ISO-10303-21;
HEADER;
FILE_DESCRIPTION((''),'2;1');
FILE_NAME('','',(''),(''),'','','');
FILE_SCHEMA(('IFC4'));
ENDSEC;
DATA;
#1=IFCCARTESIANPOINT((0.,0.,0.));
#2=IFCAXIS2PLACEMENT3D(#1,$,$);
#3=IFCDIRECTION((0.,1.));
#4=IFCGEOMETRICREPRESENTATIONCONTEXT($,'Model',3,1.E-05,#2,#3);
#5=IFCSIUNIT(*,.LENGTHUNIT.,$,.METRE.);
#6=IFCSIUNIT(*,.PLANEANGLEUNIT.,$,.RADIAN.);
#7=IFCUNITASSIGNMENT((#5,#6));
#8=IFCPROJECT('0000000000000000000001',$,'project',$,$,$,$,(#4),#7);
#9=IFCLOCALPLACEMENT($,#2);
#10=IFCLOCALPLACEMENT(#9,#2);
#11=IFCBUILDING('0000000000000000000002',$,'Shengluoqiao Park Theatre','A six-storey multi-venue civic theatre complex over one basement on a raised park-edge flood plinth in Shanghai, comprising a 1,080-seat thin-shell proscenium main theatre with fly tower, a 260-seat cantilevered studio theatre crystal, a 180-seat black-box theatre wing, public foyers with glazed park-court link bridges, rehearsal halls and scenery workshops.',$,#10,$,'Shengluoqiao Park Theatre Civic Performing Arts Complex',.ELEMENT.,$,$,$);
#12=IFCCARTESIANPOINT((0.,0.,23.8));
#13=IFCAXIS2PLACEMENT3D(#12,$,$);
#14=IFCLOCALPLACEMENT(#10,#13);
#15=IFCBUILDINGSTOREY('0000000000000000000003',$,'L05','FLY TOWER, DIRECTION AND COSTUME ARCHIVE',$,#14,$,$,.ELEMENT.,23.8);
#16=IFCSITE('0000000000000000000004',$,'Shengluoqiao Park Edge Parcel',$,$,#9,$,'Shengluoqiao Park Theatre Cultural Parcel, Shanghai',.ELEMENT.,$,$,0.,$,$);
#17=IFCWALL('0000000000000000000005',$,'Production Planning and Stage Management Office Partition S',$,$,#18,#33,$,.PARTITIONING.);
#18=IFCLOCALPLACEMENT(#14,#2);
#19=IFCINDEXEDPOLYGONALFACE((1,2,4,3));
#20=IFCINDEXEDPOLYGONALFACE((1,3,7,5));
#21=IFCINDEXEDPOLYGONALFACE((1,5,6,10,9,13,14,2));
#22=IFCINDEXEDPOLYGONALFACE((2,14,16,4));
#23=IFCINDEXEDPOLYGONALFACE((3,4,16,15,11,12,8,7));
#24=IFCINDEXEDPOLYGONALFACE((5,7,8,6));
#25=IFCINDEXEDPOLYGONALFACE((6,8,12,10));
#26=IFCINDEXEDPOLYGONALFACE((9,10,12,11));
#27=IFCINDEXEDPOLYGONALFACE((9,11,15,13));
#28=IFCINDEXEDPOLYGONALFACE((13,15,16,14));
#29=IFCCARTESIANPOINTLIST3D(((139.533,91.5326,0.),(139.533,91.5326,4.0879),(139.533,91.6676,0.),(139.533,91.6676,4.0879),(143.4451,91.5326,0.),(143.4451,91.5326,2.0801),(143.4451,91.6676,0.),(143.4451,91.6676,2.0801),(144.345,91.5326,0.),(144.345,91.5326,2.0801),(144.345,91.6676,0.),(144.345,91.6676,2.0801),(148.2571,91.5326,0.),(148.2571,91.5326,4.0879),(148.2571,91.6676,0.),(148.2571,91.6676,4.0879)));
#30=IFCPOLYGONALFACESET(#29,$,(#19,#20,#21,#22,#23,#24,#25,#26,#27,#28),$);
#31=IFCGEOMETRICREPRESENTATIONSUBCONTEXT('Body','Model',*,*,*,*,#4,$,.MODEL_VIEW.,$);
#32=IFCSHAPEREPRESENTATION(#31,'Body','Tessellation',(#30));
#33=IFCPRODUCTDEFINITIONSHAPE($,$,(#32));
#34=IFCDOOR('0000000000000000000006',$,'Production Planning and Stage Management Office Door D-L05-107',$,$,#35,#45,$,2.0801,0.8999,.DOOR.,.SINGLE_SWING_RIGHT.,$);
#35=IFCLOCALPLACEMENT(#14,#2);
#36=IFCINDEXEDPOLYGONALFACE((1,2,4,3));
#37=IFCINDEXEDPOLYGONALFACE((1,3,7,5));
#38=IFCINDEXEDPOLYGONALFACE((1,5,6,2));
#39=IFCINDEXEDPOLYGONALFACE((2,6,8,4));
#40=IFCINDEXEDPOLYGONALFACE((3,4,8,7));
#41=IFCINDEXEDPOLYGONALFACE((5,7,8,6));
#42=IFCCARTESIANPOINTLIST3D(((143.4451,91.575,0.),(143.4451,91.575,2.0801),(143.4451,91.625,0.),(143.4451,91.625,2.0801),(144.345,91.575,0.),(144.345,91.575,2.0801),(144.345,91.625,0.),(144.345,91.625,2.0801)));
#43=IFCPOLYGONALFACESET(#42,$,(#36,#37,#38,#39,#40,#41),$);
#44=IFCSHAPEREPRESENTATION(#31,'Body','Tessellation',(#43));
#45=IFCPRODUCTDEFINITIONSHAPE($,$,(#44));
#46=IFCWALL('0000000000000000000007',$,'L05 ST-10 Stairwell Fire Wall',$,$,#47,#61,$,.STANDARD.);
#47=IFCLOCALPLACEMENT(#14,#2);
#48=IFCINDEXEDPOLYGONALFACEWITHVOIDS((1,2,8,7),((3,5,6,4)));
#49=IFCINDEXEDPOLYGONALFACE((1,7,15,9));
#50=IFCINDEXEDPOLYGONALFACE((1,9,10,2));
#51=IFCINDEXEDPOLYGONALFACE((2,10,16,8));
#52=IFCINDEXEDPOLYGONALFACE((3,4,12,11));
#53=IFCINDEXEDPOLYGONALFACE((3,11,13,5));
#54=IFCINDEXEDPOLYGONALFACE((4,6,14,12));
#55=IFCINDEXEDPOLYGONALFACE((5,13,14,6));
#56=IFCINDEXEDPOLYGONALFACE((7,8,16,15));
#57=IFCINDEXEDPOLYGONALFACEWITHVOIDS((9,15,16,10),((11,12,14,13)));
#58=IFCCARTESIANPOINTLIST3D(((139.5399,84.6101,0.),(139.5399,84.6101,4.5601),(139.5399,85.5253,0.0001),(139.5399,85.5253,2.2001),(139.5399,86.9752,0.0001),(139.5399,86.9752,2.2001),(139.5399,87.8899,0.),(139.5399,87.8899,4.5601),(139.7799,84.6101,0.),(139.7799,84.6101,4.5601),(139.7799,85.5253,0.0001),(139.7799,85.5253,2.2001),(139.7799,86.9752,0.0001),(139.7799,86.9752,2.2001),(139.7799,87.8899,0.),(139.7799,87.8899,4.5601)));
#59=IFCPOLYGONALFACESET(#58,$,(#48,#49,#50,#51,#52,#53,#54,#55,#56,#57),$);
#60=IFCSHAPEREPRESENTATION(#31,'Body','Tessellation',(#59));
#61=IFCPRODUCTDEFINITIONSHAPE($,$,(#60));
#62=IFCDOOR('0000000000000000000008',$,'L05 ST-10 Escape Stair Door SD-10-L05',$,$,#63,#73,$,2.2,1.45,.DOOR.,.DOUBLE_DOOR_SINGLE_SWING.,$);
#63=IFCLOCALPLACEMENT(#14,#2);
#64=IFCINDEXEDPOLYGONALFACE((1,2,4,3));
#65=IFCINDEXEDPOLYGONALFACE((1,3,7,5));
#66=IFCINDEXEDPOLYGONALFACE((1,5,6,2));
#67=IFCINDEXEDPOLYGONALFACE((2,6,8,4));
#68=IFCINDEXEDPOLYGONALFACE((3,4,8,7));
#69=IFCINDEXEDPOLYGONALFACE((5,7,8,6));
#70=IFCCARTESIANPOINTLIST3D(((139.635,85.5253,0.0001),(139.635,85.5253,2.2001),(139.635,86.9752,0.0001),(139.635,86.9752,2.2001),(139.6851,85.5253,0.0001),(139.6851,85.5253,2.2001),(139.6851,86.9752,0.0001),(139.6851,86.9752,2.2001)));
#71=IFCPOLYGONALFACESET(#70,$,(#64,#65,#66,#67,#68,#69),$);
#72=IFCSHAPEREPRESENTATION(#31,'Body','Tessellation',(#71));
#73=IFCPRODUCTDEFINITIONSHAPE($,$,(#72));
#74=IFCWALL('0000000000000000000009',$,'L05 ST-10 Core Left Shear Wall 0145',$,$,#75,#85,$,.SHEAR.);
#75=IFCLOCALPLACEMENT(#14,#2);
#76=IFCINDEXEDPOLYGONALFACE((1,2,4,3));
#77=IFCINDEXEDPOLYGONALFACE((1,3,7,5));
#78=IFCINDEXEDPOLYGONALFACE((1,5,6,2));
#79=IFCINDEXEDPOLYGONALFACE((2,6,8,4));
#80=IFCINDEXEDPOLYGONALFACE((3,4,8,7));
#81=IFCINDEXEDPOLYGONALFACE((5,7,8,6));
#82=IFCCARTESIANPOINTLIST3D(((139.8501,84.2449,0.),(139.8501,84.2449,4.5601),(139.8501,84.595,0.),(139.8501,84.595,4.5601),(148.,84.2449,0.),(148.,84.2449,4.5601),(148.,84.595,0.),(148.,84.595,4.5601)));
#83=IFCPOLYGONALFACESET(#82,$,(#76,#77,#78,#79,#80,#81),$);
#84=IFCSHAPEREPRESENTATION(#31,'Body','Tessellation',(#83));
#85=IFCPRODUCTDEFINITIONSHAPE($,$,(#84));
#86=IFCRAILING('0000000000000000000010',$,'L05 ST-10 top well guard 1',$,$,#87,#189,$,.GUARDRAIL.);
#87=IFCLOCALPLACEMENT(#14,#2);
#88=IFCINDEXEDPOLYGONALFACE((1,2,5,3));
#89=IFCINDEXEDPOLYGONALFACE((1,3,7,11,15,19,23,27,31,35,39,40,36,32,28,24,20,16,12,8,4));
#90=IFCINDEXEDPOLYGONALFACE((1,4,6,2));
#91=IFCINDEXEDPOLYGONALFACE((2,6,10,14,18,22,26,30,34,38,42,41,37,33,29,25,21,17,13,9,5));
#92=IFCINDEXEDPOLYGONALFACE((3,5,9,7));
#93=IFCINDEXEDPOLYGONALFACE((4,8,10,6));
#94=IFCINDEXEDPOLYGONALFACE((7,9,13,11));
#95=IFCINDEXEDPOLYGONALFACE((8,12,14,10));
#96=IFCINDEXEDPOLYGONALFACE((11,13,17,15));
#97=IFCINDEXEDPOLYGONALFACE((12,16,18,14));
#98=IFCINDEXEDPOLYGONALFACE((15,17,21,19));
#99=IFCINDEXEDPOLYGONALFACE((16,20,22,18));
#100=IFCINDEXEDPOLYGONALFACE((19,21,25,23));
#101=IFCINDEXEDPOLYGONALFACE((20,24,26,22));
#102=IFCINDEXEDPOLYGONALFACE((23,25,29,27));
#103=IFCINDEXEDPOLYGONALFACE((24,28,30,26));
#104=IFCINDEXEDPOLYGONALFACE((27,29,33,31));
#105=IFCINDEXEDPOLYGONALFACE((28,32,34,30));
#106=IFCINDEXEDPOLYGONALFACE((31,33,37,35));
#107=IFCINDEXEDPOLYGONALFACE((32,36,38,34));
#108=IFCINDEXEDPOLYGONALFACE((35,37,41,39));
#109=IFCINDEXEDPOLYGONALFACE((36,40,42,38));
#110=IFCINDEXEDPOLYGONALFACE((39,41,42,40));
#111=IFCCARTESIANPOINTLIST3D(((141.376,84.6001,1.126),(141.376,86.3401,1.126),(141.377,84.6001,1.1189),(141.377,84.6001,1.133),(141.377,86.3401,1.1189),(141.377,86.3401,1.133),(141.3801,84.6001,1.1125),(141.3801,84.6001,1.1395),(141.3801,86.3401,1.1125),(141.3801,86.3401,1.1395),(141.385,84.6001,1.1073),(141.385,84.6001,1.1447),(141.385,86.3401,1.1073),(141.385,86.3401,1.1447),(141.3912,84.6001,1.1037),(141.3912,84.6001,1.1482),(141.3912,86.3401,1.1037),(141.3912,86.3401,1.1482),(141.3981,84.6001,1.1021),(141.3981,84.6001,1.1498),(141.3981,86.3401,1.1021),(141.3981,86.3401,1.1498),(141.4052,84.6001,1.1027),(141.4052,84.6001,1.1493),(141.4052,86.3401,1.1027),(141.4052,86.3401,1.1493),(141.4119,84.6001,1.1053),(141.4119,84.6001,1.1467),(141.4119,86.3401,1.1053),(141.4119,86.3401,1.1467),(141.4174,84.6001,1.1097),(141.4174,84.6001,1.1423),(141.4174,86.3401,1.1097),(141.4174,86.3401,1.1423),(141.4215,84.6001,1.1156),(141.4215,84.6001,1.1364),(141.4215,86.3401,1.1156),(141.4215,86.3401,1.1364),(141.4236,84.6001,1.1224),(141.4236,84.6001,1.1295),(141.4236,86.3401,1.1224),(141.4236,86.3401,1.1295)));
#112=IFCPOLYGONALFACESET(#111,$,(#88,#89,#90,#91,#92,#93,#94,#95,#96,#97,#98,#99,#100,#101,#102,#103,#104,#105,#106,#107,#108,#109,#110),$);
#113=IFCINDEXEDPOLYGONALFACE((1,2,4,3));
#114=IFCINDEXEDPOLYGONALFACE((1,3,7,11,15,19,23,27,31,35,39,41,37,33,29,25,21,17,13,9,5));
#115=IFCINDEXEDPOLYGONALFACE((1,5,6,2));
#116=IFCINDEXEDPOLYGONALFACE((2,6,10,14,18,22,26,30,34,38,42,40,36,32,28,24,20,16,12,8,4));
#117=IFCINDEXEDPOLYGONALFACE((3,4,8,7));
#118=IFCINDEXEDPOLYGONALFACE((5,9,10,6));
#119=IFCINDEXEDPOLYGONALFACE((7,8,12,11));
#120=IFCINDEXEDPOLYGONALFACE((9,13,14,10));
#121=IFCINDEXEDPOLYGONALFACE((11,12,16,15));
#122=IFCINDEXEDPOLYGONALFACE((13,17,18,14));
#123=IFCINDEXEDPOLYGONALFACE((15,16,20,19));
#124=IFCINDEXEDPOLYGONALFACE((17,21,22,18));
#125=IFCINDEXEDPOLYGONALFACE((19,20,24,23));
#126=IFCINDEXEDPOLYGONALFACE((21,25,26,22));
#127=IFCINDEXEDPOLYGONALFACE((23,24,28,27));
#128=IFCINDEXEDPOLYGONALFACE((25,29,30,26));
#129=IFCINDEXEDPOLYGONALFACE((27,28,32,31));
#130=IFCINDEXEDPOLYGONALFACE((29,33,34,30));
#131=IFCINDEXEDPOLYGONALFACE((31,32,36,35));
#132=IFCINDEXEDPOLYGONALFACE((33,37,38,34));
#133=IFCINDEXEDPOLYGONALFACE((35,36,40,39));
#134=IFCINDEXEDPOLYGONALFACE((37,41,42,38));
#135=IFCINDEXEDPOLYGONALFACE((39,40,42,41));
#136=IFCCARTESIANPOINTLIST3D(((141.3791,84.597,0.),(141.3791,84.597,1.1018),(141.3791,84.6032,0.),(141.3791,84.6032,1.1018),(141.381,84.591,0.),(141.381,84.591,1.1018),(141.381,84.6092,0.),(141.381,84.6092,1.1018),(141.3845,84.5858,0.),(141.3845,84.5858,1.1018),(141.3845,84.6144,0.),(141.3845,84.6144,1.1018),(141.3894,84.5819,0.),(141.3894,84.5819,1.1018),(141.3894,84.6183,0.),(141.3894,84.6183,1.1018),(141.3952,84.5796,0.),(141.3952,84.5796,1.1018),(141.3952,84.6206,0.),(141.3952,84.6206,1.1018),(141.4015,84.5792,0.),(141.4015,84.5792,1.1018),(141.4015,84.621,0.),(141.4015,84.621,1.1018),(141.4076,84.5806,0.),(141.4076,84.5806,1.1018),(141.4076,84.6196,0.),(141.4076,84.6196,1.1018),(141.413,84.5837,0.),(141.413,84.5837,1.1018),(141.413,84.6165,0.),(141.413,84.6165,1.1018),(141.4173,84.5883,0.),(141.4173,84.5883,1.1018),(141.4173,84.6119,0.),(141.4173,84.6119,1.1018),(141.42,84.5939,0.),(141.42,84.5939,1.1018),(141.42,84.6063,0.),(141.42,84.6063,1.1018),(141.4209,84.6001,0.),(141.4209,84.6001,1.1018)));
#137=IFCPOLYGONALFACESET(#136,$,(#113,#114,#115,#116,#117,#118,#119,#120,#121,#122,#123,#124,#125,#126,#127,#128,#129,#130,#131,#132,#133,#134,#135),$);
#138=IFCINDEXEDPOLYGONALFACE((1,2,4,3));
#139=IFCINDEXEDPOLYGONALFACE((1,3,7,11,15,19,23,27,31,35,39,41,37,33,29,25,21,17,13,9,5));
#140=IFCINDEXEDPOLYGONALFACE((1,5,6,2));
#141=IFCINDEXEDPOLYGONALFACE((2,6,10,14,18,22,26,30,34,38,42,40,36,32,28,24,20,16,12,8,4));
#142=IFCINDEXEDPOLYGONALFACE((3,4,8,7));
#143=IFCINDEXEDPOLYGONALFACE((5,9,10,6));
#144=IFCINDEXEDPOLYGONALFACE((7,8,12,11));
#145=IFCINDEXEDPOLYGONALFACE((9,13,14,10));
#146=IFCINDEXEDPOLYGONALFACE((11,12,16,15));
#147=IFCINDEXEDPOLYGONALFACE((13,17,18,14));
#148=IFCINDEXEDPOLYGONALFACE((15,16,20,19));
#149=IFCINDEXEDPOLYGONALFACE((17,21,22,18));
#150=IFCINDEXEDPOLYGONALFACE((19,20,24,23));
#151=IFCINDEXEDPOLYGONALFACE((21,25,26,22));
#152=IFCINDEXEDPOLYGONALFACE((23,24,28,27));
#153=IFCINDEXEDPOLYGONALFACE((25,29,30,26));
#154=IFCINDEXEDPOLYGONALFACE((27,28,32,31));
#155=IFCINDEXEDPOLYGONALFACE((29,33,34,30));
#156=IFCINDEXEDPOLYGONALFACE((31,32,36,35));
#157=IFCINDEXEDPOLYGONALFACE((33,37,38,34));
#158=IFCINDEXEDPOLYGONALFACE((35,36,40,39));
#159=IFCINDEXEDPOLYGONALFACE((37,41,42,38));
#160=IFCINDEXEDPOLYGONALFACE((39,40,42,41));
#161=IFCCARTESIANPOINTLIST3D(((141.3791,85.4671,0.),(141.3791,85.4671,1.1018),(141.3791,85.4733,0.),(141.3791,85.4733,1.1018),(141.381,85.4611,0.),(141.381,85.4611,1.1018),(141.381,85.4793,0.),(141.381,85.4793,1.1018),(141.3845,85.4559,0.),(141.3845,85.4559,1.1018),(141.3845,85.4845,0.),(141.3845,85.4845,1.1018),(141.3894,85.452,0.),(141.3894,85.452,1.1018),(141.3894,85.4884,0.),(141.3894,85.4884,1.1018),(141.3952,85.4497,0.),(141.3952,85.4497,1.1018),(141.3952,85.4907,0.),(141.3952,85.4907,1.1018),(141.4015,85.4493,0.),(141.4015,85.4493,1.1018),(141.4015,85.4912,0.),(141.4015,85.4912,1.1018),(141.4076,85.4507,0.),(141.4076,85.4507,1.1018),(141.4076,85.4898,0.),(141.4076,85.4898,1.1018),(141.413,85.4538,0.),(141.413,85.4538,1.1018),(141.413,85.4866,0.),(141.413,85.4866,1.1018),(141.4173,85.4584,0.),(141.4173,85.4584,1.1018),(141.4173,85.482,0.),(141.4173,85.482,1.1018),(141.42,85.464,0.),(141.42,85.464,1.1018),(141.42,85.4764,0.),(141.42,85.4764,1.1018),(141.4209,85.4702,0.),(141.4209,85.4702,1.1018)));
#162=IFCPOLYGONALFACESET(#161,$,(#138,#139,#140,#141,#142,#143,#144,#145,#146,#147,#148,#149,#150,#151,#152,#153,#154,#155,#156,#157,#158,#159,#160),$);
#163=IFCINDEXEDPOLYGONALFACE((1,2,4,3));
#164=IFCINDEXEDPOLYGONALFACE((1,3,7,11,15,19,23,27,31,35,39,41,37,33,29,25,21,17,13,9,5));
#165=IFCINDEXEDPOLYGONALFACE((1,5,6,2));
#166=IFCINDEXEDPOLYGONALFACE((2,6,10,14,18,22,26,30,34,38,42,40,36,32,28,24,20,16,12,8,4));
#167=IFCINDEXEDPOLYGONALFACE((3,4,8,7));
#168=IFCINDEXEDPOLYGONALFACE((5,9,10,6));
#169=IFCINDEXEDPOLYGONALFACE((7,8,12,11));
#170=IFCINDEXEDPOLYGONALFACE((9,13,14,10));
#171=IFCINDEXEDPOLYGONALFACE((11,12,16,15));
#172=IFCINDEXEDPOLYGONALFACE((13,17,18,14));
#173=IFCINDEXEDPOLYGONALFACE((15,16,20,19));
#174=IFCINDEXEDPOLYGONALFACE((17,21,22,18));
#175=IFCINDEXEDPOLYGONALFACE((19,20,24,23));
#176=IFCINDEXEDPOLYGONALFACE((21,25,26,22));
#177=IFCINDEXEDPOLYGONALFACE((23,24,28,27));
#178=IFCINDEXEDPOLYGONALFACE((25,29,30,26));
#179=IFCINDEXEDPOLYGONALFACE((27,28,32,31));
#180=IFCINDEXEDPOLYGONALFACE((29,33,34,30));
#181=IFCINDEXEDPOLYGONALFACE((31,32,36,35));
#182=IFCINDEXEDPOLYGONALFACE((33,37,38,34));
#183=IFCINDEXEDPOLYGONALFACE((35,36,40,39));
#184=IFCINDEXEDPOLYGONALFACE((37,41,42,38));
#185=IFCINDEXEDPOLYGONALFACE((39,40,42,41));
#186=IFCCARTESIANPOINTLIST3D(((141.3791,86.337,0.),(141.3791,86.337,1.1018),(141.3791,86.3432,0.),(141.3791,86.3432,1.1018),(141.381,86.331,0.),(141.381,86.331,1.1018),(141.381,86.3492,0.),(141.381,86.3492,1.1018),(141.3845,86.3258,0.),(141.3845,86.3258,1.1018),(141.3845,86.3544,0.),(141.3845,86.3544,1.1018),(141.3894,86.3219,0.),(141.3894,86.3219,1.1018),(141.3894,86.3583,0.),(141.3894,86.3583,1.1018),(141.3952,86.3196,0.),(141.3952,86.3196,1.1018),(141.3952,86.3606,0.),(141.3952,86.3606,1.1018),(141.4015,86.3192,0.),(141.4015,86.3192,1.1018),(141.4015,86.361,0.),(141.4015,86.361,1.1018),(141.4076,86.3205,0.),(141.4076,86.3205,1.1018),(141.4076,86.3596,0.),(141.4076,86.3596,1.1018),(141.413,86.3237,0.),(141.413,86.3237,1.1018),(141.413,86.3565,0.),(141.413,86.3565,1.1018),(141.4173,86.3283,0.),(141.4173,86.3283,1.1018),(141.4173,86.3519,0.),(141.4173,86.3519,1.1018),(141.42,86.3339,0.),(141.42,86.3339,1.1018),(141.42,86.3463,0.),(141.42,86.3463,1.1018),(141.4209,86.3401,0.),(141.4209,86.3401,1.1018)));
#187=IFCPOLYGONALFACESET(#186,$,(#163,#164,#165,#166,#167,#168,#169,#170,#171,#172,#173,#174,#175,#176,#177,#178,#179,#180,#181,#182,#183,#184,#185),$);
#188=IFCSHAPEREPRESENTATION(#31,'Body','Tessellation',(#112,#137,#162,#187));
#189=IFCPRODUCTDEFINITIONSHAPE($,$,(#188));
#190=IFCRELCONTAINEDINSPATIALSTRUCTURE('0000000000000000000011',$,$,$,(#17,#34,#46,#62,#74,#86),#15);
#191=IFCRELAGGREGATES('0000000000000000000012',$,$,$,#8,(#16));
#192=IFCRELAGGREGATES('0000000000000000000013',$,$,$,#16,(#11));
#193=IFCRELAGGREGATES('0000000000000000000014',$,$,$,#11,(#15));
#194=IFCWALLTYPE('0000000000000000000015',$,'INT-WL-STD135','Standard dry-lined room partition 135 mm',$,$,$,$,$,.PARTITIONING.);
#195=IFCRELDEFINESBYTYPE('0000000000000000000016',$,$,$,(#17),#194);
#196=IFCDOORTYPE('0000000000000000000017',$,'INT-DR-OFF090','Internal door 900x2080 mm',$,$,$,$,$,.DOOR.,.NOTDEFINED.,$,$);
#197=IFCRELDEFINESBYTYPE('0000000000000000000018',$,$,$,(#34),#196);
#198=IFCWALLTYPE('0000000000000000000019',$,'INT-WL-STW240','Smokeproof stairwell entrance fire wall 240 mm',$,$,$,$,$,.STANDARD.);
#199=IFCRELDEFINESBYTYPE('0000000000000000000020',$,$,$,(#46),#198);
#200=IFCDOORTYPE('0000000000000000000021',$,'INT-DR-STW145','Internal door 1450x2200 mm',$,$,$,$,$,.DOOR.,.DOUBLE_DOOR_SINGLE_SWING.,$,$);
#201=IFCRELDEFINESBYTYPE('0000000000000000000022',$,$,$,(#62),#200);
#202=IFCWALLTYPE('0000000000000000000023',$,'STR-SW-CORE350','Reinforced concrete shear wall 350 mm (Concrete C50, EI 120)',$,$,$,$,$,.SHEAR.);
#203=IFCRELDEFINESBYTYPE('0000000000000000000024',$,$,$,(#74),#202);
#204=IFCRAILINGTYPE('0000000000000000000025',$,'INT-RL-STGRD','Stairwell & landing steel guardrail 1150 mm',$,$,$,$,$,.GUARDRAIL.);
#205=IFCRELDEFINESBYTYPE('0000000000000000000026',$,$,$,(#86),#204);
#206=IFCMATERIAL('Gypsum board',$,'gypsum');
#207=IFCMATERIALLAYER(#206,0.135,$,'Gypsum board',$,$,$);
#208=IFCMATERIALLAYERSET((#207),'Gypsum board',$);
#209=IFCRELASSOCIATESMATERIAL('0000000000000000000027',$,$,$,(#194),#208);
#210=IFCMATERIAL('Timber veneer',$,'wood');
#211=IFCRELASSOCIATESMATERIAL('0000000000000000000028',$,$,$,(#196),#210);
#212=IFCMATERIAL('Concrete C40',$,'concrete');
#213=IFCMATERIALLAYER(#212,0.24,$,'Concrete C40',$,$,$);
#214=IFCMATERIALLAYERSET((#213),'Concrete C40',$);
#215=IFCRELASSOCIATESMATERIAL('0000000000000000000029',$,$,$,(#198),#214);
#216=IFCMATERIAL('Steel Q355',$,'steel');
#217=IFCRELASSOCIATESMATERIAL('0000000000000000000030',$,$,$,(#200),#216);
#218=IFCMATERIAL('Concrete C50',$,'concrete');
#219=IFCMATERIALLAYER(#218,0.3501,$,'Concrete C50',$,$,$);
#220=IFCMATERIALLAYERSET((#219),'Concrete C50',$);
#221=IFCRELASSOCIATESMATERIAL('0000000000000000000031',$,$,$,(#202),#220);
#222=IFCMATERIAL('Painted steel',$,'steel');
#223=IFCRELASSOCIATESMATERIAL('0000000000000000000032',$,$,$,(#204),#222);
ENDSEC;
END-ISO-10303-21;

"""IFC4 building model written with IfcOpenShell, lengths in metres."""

from ifc_helpers import new_model, si_unit, direction, frame, frame_2d, origin, origin_2d, place, context, subcontext, project, spatial, rectangle, circle, extrude, material, layer, layer_set, type_object, element, fill, save


model = new_model("IFC4")

# Units and contexts
model_context = context("Model", 3, precision=1e-05, world=origin(), true_north=direction((0.0, 1.0)))
body_context = subcontext(model_context, "Body", "Model", "MODEL_VIEW")
ifc_project = project(units=[si_unit("LENGTHUNIT", "METRE"), si_unit("PLANEANGLEUNIT", "RADIAN")], contexts=[model_context])

# Site, building, storey
site_placement = place(None, origin())
site = spatial("IfcSite", under=ifc_project, at=site_placement, Name="Shengluoqiao Park Edge Parcel", LongName="Shengluoqiao Park Theatre Cultural Parcel, Shanghai", CompositionType="ELEMENT", RefElevation=0.0)
building_placement = place(site_placement, origin())
building = spatial("IfcBuilding", under=site, at=building_placement, Name="Shengluoqiao Park Theatre", Description="A six-storey multi-venue civic theatre complex over one basement on a raised park-edge flood plinth in Shanghai, comprising a 1,080-seat thin-shell proscenium main theatre with fly tower, a 260-seat cantilevered studio theatre crystal, a 180-seat black-box theatre wing, public foyers with glazed park-court link bridges, rehearsal halls and scenery workshops.", LongName="Shengluoqiao Park Theatre Civic Performing Arts Complex", CompositionType="ELEMENT")
storey_placement = place(building_placement, frame((0.0, 0.0, 23.8)))
storey = spatial("IfcBuildingStorey", under=building, at=storey_placement, Name="L05", Description="FLY TOWER, DIRECTION AND COSTUME ARCHIVE", CompositionType="ELEMENT", Elevation=23.8)

# Shared definitions
ifc_material_1 = material(Name="Steel Q355", Category="steel")

# Walls, openings, doors
ifc_material_2 = material(Name="Gypsum board", Category="gypsum")
ifc_layer_1 = layer(ifc_material_2, 0.135, Name="Gypsum board")
ifc_layer_set_1 = layer_set([ifc_layer_1], Name="Gypsum board")
wall_type_1 = type_object("IfcWallType", Name="INT-WL-STD135", Description="Standard dry-lined room partition 135 mm", PredefinedType="PARTITIONING", material=ifc_layer_set_1)
wall_1_placement = place(storey_placement, frame((139.533, 91.6001, 0.0), z_axis=(0.0, 0.0, 1.0), x_axis=(1.0, 0.0, 0.0)))
wall_1 = element("IfcWall", 1, at=wall_1_placement, inside=storey, type_object=wall_type_1, Name="Production Planning and Stage Management Office Partition S", PredefinedType="PARTITIONING", context=body_context, shape_type="SweptSolid", body=[
    extrude(rectangle(XDim=8.7241, YDim=0.135, at=frame_2d((4.3621, 0.0))), origin(), (0.0, 0.0, 1.0), 4.0879),
])
opening_1_placement = place(wall_1_placement, frame((3.9121, 0.0, 0.0)))
opening_1 = element("IfcOpeningElement", 2, at=opening_1_placement, cuts=wall_1, PredefinedType="OPENING", context=body_context, shape_type="SweptSolid", body=[
    extrude(rectangle(XDim=0.8999, YDim=2.0801, at=frame_2d((0.45, 1.04))), frame((0.0, 0.0774, 0.0), z_axis=(0.0, -1.0, 0.0), x_axis=(1.0, 0.0, 0.0)), (0.0, 0.0, 1.0), 0.155),
])
ifc_material_3 = material(Name="Timber veneer", Category="wood")
door_type_1 = type_object("IfcDoorType", Name="INT-DR-OFF090", Description="Internal door 900x2080 mm", OperationType="NOTDEFINED", PredefinedType="DOOR", material=ifc_material_3)
door_1_placement = place(opening_1_placement, origin())
door_1 = element("IfcDoor", 3, at=door_1_placement, inside=storey, type_object=door_type_1, Name="Production Planning and Stage Management Office Door D-L05-107", OperationType="SINGLE_SWING_RIGHT", OverallHeight=2.0801, OverallWidth=0.8999, PredefinedType="DOOR", context=body_context, shape_type="SweptSolid", body=[
    extrude(rectangle(XDim=0.8999, YDim=2.0801, at=frame_2d((0.45, 1.04))), frame((0.0, 0.0249, 0.0), z_axis=(0.0, -1.0, 0.0), x_axis=(1.0, 0.0, 0.0)), (0.0, 0.0, 1.0), 0.05),
])
fill(opening_1, door_1)
ifc_material_4 = material(Name="Concrete C40", Category="concrete")
ifc_layer_2 = layer(ifc_material_4, 0.24, Name="Concrete C40")
ifc_layer_set_2 = layer_set([ifc_layer_2], Name="Concrete C40")
wall_type_2 = type_object("IfcWallType", Name="INT-WL-STW240", Description="Smokeproof stairwell entrance fire wall 240 mm", PredefinedType="STANDARD", material=ifc_layer_set_2)
wall_2_placement = place(storey_placement, frame((139.6599, 84.6101, 0.0), z_axis=(0.0, 0.0, 1.0), x_axis=(0.0, 1.0, 0.0)))
wall_2 = element("IfcWall", 4, at=wall_2_placement, inside=storey, type_object=wall_type_2, Name="L05 ST-10 Stairwell Fire Wall", PredefinedType="STANDARD", context=body_context, shape_type="SweptSolid", body=[
    extrude(rectangle(XDim=3.2798, YDim=0.24, at=frame_2d((1.6399, 0.0))), origin(), (0.0, 0.0, 1.0), 4.5601),
])
opening_2_placement = place(wall_2_placement, frame((0.915, 0.0, 0.0)))
opening_2 = element("IfcOpeningElement", 5, at=opening_2_placement, cuts=wall_2, PredefinedType="OPENING", context=body_context, shape_type="SweptSolid", body=[
    extrude(rectangle(XDim=1.45, YDim=2.2, at=frame_2d((0.7251, 1.1001))), frame((0.0, 0.1299, 0.0), z_axis=(0.0, -1.0, 0.0), x_axis=(1.0, 0.0, 0.0)), (0.0, 0.0, 1.0), 0.26),
])
door_type_2 = type_object("IfcDoorType", Name="INT-DR-STW145", Description="Internal door 1450x2200 mm", OperationType="DOUBLE_DOOR_SINGLE_SWING", PredefinedType="DOOR", material=ifc_material_1)
door_2_placement = place(opening_2_placement, origin())
door_2 = element("IfcDoor", 6, at=door_2_placement, inside=storey, type_object=door_type_2, Name="L05 ST-10 Escape Stair Door SD-10-L05", OperationType="DOUBLE_DOOR_SINGLE_SWING", OverallHeight=2.2, OverallWidth=1.45, PredefinedType="DOOR", context=body_context, shape_type="SweptSolid", body=[
    extrude(rectangle(XDim=1.45, YDim=2.2, at=frame_2d((0.7251, 1.1001))), frame((0.0, 0.0249, 0.0), z_axis=(0.0, -1.0, 0.0), x_axis=(1.0, 0.0, 0.0)), (0.0, 0.0, 1.0), 0.05),
])
fill(opening_2, door_2)

# Wall
ifc_material_5 = material(Name="Concrete C50", Category="concrete")
ifc_layer_3 = layer(ifc_material_5, 0.3501, Name="Concrete C50")
ifc_layer_set_3 = layer_set([ifc_layer_3], Name="Concrete C50")
wall_type_3 = type_object("IfcWallType", Name="STR-SW-CORE350", Description="Reinforced concrete shear wall 350 mm (Concrete C50, EI 120)", PredefinedType="SHEAR", material=ifc_layer_set_3)
wall_3_placement = place(storey_placement, frame((139.8501, 84.4199, 0.0), z_axis=(0.0, 0.0, 1.0), x_axis=(1.0, 0.0, 0.0)))
element("IfcWall", 7, at=wall_3_placement, inside=storey, type_object=wall_type_3, Name="L05 ST-10 Core Left Shear Wall 0145", PredefinedType="SHEAR", context=body_context, shape_type="SweptSolid", body=[
    extrude(rectangle(XDim=8.1499, YDim=0.3501, at=frame_2d((4.075, 0.0))), origin(), (0.0, 0.0, 1.0), 4.5601),
])

# Railing
ifc_material_6 = material(Name="Painted steel", Category="steel")
railing_type = type_object("IfcRailingType", Name="INT-RL-STGRD", Description="Stairwell & landing steel guardrail 1150 mm", PredefinedType="GUARDRAIL", material=ifc_material_6)
railing_placement = place(storey_placement, frame((141.3999, 84.6001, 0.0)))
element("IfcRailing", 8, at=railing_placement, inside=storey, type_object=railing_type, Name="L05 ST-10 top well guard 1", PredefinedType="GUARDRAIL", context=body_context, shape_type="SweptSolid", body=[
    extrude(circle(Radius=0.0239, at=origin_2d()), frame((0.0, 0.0, 1.126), z_axis=(0.0, 1.0, 0.0), x_axis=(-1.0, 0.0, 0.0)), (0.0, 0.0, 1.0), 1.74),
    extrude(circle(Radius=0.021, at=origin_2d()), origin(), (0.0, 0.0, 1.0), 1.1018),
    extrude(circle(Radius=0.021, at=origin_2d()), frame((0.0, 0.8701, 0.0)), (0.0, 0.0, 1.0), 1.1018),
    extrude(circle(Radius=0.021, at=origin_2d()), frame((0.0, 1.74, 0.0)), (0.0, 0.0, 1.0), 1.1018),
])

save(model, "model.ifc")
